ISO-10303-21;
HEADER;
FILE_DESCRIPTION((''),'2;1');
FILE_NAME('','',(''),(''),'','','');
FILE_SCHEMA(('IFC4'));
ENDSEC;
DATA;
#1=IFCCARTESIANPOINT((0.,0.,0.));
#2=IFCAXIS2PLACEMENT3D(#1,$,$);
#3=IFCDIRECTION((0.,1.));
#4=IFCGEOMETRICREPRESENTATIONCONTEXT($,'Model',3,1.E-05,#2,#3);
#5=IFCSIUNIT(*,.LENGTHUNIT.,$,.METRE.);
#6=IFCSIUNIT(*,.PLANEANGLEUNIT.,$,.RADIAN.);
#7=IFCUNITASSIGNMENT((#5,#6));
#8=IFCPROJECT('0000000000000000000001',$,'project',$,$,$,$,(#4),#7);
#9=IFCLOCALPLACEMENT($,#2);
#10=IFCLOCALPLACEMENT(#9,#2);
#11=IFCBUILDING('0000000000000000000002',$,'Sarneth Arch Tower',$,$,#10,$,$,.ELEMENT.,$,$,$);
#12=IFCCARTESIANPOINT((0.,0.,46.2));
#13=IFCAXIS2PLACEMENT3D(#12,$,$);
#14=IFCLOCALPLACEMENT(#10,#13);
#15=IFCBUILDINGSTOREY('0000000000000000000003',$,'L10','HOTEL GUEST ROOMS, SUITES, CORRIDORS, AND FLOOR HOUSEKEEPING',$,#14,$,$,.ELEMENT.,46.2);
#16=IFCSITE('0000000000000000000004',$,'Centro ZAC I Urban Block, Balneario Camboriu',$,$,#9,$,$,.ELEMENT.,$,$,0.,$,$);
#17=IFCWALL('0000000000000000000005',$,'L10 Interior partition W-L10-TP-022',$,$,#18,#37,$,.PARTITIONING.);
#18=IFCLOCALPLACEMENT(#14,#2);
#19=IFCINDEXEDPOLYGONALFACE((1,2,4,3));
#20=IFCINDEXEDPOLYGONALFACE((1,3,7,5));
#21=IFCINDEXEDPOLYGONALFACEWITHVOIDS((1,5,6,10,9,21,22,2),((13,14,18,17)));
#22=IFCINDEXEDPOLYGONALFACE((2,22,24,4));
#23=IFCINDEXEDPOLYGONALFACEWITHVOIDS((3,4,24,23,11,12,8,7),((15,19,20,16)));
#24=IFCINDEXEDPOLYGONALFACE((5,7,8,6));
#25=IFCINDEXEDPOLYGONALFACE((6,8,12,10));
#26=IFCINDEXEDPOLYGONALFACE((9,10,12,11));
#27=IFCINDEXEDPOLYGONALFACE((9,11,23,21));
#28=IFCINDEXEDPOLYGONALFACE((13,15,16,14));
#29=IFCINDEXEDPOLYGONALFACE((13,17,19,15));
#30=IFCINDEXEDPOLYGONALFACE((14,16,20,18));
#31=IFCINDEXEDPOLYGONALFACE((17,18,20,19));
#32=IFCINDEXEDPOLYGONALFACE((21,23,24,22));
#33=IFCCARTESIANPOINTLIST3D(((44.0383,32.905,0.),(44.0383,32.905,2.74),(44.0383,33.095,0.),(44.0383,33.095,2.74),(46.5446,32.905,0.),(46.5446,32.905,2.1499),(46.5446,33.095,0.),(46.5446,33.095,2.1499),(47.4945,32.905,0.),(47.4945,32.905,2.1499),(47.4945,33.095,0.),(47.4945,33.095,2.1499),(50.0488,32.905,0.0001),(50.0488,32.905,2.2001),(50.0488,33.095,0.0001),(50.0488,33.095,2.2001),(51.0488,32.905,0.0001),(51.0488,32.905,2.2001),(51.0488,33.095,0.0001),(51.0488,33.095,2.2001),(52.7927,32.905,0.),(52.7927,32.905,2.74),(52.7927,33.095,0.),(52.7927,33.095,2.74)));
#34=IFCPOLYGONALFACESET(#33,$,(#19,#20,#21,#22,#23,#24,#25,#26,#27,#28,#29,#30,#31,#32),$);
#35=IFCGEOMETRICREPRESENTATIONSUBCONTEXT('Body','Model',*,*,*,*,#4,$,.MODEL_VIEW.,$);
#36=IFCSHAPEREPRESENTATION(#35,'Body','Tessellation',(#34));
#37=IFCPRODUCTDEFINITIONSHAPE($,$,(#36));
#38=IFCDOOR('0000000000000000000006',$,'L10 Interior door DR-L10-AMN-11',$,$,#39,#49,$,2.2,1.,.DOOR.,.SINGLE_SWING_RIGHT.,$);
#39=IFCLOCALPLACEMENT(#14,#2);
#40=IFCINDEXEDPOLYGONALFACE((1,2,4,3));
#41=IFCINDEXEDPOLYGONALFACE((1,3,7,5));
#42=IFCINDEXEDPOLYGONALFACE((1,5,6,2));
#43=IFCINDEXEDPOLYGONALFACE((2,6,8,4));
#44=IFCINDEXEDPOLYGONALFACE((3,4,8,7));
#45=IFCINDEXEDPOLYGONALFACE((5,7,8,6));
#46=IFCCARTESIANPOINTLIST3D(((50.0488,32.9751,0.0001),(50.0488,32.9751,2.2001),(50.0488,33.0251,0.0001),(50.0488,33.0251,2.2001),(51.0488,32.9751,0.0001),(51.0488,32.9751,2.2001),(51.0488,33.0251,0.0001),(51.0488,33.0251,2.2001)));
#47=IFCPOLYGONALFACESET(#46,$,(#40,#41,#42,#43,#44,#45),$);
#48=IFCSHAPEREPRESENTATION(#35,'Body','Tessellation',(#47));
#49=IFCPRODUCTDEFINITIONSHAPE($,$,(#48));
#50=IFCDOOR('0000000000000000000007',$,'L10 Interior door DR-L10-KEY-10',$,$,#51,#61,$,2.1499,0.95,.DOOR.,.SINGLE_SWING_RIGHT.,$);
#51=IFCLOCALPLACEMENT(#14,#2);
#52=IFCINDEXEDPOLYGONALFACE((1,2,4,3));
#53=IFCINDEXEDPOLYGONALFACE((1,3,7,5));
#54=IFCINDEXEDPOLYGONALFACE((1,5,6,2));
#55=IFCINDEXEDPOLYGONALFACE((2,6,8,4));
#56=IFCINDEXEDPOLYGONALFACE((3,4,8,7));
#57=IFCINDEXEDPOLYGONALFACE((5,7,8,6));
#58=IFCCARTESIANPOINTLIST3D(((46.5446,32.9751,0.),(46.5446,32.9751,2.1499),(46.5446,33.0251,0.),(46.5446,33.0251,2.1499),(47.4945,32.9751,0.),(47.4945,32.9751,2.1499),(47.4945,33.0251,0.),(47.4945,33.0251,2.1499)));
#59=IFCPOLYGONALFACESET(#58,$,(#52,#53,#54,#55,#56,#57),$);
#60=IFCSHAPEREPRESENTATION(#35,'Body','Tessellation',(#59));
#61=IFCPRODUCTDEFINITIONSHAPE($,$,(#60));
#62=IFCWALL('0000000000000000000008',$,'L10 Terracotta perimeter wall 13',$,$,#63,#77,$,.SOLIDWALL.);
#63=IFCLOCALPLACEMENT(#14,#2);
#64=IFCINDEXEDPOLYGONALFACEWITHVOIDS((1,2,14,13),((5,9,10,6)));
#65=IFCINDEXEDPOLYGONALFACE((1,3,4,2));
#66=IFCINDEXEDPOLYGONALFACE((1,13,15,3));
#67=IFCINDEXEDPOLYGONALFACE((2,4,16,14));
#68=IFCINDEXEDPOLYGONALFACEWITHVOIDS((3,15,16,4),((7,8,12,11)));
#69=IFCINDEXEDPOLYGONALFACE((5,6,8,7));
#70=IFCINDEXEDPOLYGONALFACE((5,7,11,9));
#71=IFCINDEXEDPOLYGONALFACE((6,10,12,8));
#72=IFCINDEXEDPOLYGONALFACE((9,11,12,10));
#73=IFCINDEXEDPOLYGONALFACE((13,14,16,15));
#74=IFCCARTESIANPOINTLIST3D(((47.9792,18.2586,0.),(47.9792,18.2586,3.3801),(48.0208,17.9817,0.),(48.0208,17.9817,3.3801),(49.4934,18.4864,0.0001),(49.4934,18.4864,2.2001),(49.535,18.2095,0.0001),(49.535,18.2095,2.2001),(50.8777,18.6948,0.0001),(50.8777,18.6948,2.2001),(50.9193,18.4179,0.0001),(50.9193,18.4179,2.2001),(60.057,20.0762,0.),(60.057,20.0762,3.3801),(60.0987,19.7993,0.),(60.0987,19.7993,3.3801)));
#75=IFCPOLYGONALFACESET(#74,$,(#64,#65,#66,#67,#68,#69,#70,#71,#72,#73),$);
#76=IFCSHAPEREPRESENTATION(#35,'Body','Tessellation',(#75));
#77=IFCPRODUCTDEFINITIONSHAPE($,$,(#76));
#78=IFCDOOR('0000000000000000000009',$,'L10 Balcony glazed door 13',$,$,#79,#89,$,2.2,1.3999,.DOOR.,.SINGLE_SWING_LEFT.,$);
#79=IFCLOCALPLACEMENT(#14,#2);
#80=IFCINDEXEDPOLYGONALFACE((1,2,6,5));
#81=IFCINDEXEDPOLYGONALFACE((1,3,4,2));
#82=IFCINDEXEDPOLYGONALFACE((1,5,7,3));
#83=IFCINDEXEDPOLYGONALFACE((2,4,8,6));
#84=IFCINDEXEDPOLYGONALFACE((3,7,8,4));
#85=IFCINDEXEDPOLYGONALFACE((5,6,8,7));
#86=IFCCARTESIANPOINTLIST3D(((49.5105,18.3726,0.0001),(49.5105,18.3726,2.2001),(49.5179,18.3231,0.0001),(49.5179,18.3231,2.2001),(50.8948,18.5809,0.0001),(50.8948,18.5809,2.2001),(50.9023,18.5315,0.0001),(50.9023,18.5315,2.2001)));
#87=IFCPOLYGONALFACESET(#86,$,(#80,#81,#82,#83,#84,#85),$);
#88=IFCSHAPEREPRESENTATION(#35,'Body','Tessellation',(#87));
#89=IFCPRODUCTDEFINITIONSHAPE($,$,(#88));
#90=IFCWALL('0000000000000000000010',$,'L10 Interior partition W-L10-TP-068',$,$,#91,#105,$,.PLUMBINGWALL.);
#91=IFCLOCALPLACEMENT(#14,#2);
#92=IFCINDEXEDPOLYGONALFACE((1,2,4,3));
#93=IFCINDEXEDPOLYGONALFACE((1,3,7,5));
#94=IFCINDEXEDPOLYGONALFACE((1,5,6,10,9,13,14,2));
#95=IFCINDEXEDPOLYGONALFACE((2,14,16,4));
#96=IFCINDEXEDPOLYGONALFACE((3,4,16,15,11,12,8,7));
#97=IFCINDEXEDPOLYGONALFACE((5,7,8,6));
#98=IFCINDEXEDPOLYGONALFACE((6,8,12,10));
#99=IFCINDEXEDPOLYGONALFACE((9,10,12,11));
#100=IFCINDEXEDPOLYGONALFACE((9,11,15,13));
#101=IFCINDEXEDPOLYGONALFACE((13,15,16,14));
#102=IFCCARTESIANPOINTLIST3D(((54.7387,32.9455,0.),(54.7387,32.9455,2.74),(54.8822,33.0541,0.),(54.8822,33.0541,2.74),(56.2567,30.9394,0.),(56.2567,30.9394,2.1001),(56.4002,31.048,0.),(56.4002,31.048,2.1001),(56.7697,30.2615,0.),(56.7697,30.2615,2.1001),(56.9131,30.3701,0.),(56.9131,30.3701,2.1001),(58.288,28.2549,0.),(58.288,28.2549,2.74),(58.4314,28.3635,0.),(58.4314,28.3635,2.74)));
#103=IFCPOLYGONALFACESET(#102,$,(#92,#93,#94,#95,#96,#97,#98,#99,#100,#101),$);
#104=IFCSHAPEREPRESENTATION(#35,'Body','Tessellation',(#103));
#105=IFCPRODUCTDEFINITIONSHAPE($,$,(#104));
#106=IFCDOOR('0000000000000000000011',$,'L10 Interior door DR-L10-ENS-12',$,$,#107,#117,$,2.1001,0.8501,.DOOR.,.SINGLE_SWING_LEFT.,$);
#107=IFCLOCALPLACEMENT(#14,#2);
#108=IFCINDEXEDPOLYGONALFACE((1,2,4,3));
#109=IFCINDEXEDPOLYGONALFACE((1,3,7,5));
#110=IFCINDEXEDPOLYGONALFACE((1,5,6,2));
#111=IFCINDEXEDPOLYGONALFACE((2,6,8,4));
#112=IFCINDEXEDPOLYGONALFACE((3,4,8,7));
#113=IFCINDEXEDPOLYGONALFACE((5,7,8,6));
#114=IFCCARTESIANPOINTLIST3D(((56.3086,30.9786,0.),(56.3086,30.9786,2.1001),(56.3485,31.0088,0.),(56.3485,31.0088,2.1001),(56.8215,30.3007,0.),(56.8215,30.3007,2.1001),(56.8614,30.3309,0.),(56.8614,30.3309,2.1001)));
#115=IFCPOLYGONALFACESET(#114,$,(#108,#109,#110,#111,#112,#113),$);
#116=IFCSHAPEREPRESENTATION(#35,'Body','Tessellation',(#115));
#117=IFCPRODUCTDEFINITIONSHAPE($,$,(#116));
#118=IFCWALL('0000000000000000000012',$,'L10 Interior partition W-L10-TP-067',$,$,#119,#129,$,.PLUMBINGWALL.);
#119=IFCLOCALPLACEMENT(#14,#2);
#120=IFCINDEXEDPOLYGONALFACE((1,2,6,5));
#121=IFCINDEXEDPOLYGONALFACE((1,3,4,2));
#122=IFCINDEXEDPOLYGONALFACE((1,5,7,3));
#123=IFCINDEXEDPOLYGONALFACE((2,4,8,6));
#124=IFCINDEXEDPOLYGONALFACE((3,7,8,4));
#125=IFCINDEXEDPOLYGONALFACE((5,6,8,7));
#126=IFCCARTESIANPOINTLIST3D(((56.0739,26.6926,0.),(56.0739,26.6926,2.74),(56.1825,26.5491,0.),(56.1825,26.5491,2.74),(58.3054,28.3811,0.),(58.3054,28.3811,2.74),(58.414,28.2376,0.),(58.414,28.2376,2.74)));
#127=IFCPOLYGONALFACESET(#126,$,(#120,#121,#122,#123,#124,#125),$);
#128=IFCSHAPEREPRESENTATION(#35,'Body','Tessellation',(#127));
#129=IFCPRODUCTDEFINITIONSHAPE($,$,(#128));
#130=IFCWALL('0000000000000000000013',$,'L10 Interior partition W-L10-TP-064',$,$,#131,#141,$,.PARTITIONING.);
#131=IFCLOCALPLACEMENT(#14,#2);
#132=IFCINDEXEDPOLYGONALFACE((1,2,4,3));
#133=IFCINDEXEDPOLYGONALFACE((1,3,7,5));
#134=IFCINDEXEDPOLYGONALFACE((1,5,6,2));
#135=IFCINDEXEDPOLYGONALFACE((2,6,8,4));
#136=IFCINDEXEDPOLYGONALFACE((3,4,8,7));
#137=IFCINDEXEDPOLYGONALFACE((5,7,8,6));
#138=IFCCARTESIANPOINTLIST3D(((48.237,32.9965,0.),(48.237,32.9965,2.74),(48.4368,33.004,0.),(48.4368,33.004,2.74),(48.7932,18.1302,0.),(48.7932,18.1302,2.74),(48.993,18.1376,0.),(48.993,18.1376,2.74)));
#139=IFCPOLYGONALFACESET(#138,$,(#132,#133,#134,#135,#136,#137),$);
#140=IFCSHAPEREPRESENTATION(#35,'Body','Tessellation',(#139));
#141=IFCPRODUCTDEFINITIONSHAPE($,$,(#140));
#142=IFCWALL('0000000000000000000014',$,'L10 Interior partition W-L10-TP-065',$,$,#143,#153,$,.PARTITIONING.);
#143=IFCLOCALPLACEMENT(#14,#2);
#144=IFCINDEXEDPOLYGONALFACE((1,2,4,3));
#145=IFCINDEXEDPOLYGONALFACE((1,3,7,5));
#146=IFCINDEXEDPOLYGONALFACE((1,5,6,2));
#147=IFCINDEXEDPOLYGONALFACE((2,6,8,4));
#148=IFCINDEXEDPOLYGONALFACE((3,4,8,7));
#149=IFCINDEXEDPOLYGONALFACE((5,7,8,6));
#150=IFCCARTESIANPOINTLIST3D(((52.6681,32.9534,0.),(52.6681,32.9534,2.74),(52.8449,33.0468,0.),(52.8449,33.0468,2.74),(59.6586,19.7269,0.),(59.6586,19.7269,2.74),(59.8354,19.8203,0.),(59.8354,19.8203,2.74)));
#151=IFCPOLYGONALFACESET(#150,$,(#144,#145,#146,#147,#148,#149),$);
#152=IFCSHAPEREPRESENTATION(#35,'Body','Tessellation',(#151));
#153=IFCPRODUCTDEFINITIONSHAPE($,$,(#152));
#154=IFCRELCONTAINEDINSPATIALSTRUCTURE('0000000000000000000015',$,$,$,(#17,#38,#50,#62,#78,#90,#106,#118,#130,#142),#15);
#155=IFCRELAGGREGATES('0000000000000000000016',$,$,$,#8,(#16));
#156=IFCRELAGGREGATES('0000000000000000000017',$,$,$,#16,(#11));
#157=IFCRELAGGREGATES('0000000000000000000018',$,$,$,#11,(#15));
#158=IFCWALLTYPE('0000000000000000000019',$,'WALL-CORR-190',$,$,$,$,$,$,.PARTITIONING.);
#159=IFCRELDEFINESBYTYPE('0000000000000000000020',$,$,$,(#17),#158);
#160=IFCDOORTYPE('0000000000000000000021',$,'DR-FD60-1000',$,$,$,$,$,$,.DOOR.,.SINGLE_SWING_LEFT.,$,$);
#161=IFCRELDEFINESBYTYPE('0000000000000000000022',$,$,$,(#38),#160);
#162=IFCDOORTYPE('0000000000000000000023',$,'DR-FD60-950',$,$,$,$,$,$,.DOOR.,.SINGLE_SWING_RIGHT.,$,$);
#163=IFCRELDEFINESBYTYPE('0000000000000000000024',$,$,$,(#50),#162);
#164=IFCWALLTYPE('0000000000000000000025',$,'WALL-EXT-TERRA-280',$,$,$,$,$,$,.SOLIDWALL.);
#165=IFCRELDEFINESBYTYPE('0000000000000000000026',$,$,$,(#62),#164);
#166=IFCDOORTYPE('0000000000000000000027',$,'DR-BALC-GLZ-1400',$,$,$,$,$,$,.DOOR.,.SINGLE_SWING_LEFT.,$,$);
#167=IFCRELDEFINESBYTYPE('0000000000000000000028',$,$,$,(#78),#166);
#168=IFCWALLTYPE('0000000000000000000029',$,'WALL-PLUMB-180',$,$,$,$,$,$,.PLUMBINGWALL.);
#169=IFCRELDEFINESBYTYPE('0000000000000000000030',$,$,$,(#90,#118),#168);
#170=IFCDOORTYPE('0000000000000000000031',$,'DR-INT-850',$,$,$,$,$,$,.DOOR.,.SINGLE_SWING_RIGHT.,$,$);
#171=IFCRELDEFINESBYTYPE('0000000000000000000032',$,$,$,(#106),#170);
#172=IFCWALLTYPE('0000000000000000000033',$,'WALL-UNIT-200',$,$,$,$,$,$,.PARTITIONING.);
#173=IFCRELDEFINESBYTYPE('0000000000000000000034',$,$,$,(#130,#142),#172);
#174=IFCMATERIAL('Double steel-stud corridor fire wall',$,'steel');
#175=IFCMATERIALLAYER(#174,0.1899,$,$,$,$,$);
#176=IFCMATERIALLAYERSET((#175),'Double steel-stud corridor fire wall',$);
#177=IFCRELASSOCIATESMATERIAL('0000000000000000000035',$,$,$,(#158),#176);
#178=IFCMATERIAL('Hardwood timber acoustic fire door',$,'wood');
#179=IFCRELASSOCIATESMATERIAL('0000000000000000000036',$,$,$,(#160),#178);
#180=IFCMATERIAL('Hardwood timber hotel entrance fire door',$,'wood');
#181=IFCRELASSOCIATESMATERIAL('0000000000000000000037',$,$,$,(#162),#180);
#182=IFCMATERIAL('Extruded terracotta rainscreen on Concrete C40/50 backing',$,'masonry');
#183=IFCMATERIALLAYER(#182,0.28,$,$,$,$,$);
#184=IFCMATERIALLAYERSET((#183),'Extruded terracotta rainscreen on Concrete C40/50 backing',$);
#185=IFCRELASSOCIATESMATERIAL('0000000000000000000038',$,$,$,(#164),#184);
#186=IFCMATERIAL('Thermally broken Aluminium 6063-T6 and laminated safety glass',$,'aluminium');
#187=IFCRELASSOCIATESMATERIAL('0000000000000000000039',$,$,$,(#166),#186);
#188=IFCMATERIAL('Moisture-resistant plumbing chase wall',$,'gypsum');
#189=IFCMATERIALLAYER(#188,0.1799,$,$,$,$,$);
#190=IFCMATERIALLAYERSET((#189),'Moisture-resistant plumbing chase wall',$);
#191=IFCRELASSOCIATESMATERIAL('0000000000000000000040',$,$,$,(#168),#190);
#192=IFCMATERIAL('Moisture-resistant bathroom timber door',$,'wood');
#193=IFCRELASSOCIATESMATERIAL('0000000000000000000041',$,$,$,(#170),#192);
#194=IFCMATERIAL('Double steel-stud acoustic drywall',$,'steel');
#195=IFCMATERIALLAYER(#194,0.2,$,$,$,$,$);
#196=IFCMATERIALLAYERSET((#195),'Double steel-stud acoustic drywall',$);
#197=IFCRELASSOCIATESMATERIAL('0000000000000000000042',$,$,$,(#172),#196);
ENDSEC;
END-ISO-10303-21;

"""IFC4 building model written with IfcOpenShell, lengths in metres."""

from ifc_helpers import new_model, si_unit, direction, frame, frame_2d, origin, place, context, subcontext, project, spatial, rectangle, extrude, material, layer, layer_set, type_object, element, fill, save


model = new_model("IFC4")

# Units and contexts
model_context = context("Model", 3, precision=1e-05, world=origin(), true_north=direction((0.0, 1.0)))
body_context = subcontext(model_context, "Body", "Model", "MODEL_VIEW")
ifc_project = project(units=[si_unit("LENGTHUNIT", "METRE"), si_unit("PLANEANGLEUNIT", "RADIAN")], contexts=[model_context])

# Site, building, storey
site_placement = place(None, origin())
site = spatial("IfcSite", under=ifc_project, at=site_placement, Name="Centro ZAC I Urban Block, Balneario Camboriu", CompositionType="ELEMENT", RefElevation=0.0)
building_placement = place(site_placement, origin())
building = spatial("IfcBuilding", under=site, at=building_placement, Name="Sarneth Arch Tower", CompositionType="ELEMENT")
storey_placement = place(building_placement, frame((0.0, 0.0, 46.2)))
storey = spatial("IfcBuildingStorey", under=building, at=storey_placement, Name="L10", Description="HOTEL GUEST ROOMS, SUITES, CORRIDORS, AND FLOOR HOUSEKEEPING", CompositionType="ELEMENT", Elevation=46.2)

# Wall, openings, doors
ifc_material_1 = material(Name="Double steel-stud corridor fire wall", Category="steel")
ifc_layer_1 = layer(ifc_material_1, 0.1899)
ifc_layer_set_1 = layer_set([ifc_layer_1], Name="Double steel-stud corridor fire wall")
wall_type_1 = type_object("IfcWallType", Name="WALL-CORR-190", PredefinedType="PARTITIONING", material=ifc_layer_set_1)
wall_1_placement = place(storey_placement, frame((52.7927, 33.0, 0.0), z_axis=(0.0, 0.0, 1.0), x_axis=(-1.0, 0.0, 0.0)))
wall_1 = element("IfcWall", 1, at=wall_1_placement, inside=storey, type_object=wall_type_1, Name="L10 Interior partition W-L10-TP-022", PredefinedType="PARTITIONING", context=body_context, shape_type="SweptSolid", body=[
    extrude(rectangle(XDim=8.7544, YDim=0.1899, at=frame_2d((4.3772, 0.0))), origin(), (0.0, 0.0, 1.0), 2.74),
])
opening_1_placement = place(wall_1_placement, frame((1.7439, 0.0, 0.0)))
opening_1 = element("IfcOpeningElement", 2, at=opening_1_placement, cuts=wall_1, PredefinedType="OPENING", context=body_context, shape_type="SweptSolid", body=[
    extrude(rectangle(XDim=1.0, YDim=2.2, at=frame_2d((0.5, 1.1001))), frame((0.0, 0.105, 0.0), z_axis=(0.0, -1.0, 0.0), x_axis=(1.0, 0.0, 0.0)), (0.0, 0.0, 1.0), 0.21),
])
opening_2_placement = place(wall_1_placement, frame((5.2981, 0.0, 0.0)))
opening_2 = element("IfcOpeningElement", 3, at=opening_2_placement, cuts=wall_1, PredefinedType="OPENING", context=body_context, shape_type="SweptSolid", body=[
    extrude(rectangle(XDim=0.95, YDim=2.1499, at=frame_2d((0.4751, 1.075))), frame((0.0, 0.105, 0.0), z_axis=(0.0, -1.0, 0.0), x_axis=(1.0, 0.0, 0.0)), (0.0, 0.0, 1.0), 0.21),
])
ifc_material_2 = material(Name="Hardwood timber acoustic fire door", Category="wood")
door_type_1 = type_object("IfcDoorType", Name="DR-FD60-1000", OperationType="SINGLE_SWING_LEFT", PredefinedType="DOOR", material=ifc_material_2)
door_1_placement = place(opening_1_placement, origin())
door_1 = element("IfcDoor", 4, at=door_1_placement, inside=storey, type_object=door_type_1, Name="L10 Interior door DR-L10-AMN-11", OperationType="SINGLE_SWING_RIGHT", OverallHeight=2.2, OverallWidth=1.0, PredefinedType="DOOR", context=body_context, shape_type="SweptSolid", body=[
    extrude(rectangle(XDim=1.0, YDim=2.2, at=frame_2d((0.5, 1.1001))), frame((0.0, 0.0249, 0.0), z_axis=(0.0, -1.0, 0.0), x_axis=(1.0, 0.0, 0.0)), (0.0, 0.0, 1.0), 0.05),
])
fill(opening_1, door_1)
ifc_material_3 = material(Name="Hardwood timber hotel entrance fire door", Category="wood")
door_type_2 = type_object("IfcDoorType", Name="DR-FD60-950", OperationType="SINGLE_SWING_RIGHT", PredefinedType="DOOR", material=ifc_material_3)
door_2_placement = place(opening_2_placement, origin())
door_2 = element("IfcDoor", 5, at=door_2_placement, inside=storey, type_object=door_type_2, Name="L10 Interior door DR-L10-KEY-10", OperationType="SINGLE_SWING_RIGHT", OverallHeight=2.1499, OverallWidth=0.95, PredefinedType="DOOR", context=body_context, shape_type="SweptSolid", body=[
    extrude(rectangle(XDim=0.95, YDim=2.1499, at=frame_2d((0.4751, 1.075))), frame((0.0, 0.0249, 0.0), z_axis=(0.0, -1.0, 0.0), x_axis=(1.0, 0.0, 0.0)), (0.0, 0.0, 1.0), 0.05),
])
fill(opening_2, door_2)

# Walls, openings, doors
ifc_material_4 = material(Name="Extruded terracotta rainscreen on Concrete C40/50 backing", Category="masonry")
ifc_layer_2 = layer(ifc_material_4, 0.28)
ifc_layer_set_2 = layer_set([ifc_layer_2], Name="Extruded terracotta rainscreen on Concrete C40/50 backing")
wall_type_2 = type_object("IfcWallType", Name="WALL-EXT-TERRA-280", PredefinedType="SOLIDWALL", material=ifc_layer_set_2)
wall_2_placement = place(storey_placement, frame((48.0, 18.1201, 0.0), z_axis=(0.0, 0.0, 1.0), x_axis=(0.988865, 0.148816, 0.0)))
wall_2 = element("IfcWall", 6, at=wall_2_placement, inside=storey, type_object=wall_type_2, Name="L10 Terracotta perimeter wall 13", PredefinedType="SOLIDWALL", context=body_context, shape_type="SweptSolid", body=[
    extrude(rectangle(XDim=12.2139, YDim=0.28, at=frame_2d((6.1069, 0.0))), origin(), (0.0, 0.0, 1.0), 3.3801),
])
opening_3_placement = place(wall_2_placement, frame((1.5312, 0.0, 0.0)))
opening_3 = element("IfcOpeningElement", 7, at=opening_3_placement, cuts=wall_2, PredefinedType="OPENING", context=body_context, shape_type="SweptSolid", body=[
    extrude(rectangle(XDim=1.3999, YDim=2.2, at=frame_2d((0.7, 1.1001))), frame((0.0, 0.1499, 0.0), z_axis=(0.0, -1.0, 0.0), x_axis=(1.0, 0.0, 0.0)), (0.0, 0.0, 1.0), 0.3),
])
ifc_material_5 = material(Name="Thermally broken Aluminium 6063-T6 and laminated safety glass", Category="aluminium")
door_type_3 = type_object("IfcDoorType", Name="DR-BALC-GLZ-1400", OperationType="SINGLE_SWING_LEFT", PredefinedType="DOOR", material=ifc_material_5)
door_3_placement = place(opening_3_placement, origin())
door_3 = element("IfcDoor", 8, at=door_3_placement, inside=storey, type_object=door_type_3, Name="L10 Balcony glazed door 13", OperationType="SINGLE_SWING_LEFT", OverallHeight=2.2, OverallWidth=1.3999, PredefinedType="DOOR", context=body_context, shape_type="SweptSolid", body=[
    extrude(rectangle(XDim=1.3999, YDim=2.2, at=frame_2d((0.7, 1.1001))), frame((0.0, 0.0249, 0.0), z_axis=(0.0, -1.0, 0.0), x_axis=(1.0, 0.0, 0.0)), (0.0, 0.0, 1.0), 0.05),
])
fill(opening_3, door_3)
ifc_material_6 = material(Name="Moisture-resistant plumbing chase wall", Category="gypsum")
ifc_layer_3 = layer(ifc_material_6, 0.1799)
ifc_layer_set_3 = layer_set([ifc_layer_3], Name="Moisture-resistant plumbing chase wall")
wall_type_3 = type_object("IfcWallType", Name="WALL-PLUMB-180", PredefinedType="PLUMBINGWALL", material=ifc_layer_set_3)
wall_3_placement = place(storey_placement, frame((58.3596, 28.3093, 0.0), z_axis=(0.0, 0.0, 1.0), x_axis=(-0.603401, 0.797438, 0.0)))
wall_3 = element("IfcWall", 9, at=wall_3_placement, inside=storey, type_object=wall_type_3, Name="L10 Interior partition W-L10-TP-068", PredefinedType="PLUMBINGWALL", context=body_context, shape_type="SweptSolid", body=[
    extrude(rectangle(XDim=5.8821, YDim=0.1799, at=frame_2d((2.9409, 0.0))), origin(), (0.0, 0.0, 1.0), 2.74),
])
opening_4_placement = place(wall_3_placement, frame((2.5161, 0.0, 0.0)))
opening_4 = element("IfcOpeningElement", 10, at=opening_4_placement, cuts=wall_3, PredefinedType="OPENING", context=body_context, shape_type="SweptSolid", body=[
    extrude(rectangle(XDim=0.8501, YDim=2.1001, at=frame_2d((0.425, 1.05))), frame((0.0, 0.0999, 0.0), z_axis=(0.0, -1.0, 0.0), x_axis=(1.0, 0.0, 0.0)), (0.0, 0.0, 1.0), 0.2),
])
ifc_material_7 = material(Name="Moisture-resistant bathroom timber door", Category="wood")
door_type_4 = type_object("IfcDoorType", Name="DR-INT-850", OperationType="SINGLE_SWING_RIGHT", PredefinedType="DOOR", material=ifc_material_7)
door_4_placement = place(opening_4_placement, origin())
door_4 = element("IfcDoor", 11, at=door_4_placement, inside=storey, type_object=door_type_4, Name="L10 Interior door DR-L10-ENS-12", OperationType="SINGLE_SWING_LEFT", OverallHeight=2.1001, OverallWidth=0.8501, PredefinedType="DOOR", context=body_context, shape_type="SweptSolid", body=[
    extrude(rectangle(XDim=0.8501, YDim=2.1001, at=frame_2d((0.425, 1.05))), frame((0.0, 0.0249, 0.0), z_axis=(0.0, -1.0, 0.0), x_axis=(1.0, 0.0, 0.0)), (0.0, 0.0, 1.0), 0.05),
])
fill(opening_4, door_4)

# Walls
wall_4_placement = place(storey_placement, frame((56.1282, 26.6208, 0.0), z_axis=(0.0, 0.0, 1.0), x_axis=(0.797438, 0.603401, 0.0)))
element("IfcWall", 12, at=wall_4_placement, inside=storey, type_object=wall_type_3, Name="L10 Interior partition W-L10-TP-067", PredefinedType="PLUMBINGWALL", context=body_context, shape_type="SweptSolid", body=[
    extrude(rectangle(XDim=2.7983, YDim=0.1799, at=frame_2d((1.3992, 0.0))), origin(), (0.0, 0.0, 1.0), 2.74),
])
ifc_material_8 = material(Name="Double steel-stud acoustic drywall", Category="steel")
ifc_layer_4 = layer(ifc_material_8, 0.2)
ifc_layer_set_4 = layer_set([ifc_layer_4], Name="Double steel-stud acoustic drywall")
wall_type_4 = type_object("IfcWallType", Name="WALL-UNIT-200", PredefinedType="PARTITIONING", material=ifc_layer_set_4)
wall_5_placement = place(storey_placement, frame((48.8931, 18.1338, 0.0), z_axis=(0.0, 0.0, 1.0), x_axis=(-0.037384, 0.999301, 0.0)))
element("IfcWall", 13, at=wall_5_placement, inside=storey, type_object=wall_type_4, Name="L10 Interior partition W-L10-TP-064", PredefinedType="PARTITIONING", context=body_context, shape_type="SweptSolid", body=[
    extrude(rectangle(XDim=14.8767, YDim=0.2, at=frame_2d((7.4385, 0.0))), origin(), (0.0, 0.0, 1.0), 2.74),
])
wall_6_placement = place(storey_placement, frame((52.7566, 33.0, 0.0), z_axis=(0.0, 0.0, 1.0), x_axis=(0.467271, -0.884114, 0.0)))
element("IfcWall", 14, at=wall_6_placement, inside=storey, type_object=wall_type_4, Name="L10 Interior partition W-L10-TP-065", PredefinedType="PARTITIONING", context=body_context, shape_type="SweptSolid", body=[
    extrude(rectangle(XDim=14.9602, YDim=0.2, at=frame_2d((7.48, 0.0))), origin(), (0.0, 0.0, 1.0), 2.74),
])

save(model, "model.ifc")
